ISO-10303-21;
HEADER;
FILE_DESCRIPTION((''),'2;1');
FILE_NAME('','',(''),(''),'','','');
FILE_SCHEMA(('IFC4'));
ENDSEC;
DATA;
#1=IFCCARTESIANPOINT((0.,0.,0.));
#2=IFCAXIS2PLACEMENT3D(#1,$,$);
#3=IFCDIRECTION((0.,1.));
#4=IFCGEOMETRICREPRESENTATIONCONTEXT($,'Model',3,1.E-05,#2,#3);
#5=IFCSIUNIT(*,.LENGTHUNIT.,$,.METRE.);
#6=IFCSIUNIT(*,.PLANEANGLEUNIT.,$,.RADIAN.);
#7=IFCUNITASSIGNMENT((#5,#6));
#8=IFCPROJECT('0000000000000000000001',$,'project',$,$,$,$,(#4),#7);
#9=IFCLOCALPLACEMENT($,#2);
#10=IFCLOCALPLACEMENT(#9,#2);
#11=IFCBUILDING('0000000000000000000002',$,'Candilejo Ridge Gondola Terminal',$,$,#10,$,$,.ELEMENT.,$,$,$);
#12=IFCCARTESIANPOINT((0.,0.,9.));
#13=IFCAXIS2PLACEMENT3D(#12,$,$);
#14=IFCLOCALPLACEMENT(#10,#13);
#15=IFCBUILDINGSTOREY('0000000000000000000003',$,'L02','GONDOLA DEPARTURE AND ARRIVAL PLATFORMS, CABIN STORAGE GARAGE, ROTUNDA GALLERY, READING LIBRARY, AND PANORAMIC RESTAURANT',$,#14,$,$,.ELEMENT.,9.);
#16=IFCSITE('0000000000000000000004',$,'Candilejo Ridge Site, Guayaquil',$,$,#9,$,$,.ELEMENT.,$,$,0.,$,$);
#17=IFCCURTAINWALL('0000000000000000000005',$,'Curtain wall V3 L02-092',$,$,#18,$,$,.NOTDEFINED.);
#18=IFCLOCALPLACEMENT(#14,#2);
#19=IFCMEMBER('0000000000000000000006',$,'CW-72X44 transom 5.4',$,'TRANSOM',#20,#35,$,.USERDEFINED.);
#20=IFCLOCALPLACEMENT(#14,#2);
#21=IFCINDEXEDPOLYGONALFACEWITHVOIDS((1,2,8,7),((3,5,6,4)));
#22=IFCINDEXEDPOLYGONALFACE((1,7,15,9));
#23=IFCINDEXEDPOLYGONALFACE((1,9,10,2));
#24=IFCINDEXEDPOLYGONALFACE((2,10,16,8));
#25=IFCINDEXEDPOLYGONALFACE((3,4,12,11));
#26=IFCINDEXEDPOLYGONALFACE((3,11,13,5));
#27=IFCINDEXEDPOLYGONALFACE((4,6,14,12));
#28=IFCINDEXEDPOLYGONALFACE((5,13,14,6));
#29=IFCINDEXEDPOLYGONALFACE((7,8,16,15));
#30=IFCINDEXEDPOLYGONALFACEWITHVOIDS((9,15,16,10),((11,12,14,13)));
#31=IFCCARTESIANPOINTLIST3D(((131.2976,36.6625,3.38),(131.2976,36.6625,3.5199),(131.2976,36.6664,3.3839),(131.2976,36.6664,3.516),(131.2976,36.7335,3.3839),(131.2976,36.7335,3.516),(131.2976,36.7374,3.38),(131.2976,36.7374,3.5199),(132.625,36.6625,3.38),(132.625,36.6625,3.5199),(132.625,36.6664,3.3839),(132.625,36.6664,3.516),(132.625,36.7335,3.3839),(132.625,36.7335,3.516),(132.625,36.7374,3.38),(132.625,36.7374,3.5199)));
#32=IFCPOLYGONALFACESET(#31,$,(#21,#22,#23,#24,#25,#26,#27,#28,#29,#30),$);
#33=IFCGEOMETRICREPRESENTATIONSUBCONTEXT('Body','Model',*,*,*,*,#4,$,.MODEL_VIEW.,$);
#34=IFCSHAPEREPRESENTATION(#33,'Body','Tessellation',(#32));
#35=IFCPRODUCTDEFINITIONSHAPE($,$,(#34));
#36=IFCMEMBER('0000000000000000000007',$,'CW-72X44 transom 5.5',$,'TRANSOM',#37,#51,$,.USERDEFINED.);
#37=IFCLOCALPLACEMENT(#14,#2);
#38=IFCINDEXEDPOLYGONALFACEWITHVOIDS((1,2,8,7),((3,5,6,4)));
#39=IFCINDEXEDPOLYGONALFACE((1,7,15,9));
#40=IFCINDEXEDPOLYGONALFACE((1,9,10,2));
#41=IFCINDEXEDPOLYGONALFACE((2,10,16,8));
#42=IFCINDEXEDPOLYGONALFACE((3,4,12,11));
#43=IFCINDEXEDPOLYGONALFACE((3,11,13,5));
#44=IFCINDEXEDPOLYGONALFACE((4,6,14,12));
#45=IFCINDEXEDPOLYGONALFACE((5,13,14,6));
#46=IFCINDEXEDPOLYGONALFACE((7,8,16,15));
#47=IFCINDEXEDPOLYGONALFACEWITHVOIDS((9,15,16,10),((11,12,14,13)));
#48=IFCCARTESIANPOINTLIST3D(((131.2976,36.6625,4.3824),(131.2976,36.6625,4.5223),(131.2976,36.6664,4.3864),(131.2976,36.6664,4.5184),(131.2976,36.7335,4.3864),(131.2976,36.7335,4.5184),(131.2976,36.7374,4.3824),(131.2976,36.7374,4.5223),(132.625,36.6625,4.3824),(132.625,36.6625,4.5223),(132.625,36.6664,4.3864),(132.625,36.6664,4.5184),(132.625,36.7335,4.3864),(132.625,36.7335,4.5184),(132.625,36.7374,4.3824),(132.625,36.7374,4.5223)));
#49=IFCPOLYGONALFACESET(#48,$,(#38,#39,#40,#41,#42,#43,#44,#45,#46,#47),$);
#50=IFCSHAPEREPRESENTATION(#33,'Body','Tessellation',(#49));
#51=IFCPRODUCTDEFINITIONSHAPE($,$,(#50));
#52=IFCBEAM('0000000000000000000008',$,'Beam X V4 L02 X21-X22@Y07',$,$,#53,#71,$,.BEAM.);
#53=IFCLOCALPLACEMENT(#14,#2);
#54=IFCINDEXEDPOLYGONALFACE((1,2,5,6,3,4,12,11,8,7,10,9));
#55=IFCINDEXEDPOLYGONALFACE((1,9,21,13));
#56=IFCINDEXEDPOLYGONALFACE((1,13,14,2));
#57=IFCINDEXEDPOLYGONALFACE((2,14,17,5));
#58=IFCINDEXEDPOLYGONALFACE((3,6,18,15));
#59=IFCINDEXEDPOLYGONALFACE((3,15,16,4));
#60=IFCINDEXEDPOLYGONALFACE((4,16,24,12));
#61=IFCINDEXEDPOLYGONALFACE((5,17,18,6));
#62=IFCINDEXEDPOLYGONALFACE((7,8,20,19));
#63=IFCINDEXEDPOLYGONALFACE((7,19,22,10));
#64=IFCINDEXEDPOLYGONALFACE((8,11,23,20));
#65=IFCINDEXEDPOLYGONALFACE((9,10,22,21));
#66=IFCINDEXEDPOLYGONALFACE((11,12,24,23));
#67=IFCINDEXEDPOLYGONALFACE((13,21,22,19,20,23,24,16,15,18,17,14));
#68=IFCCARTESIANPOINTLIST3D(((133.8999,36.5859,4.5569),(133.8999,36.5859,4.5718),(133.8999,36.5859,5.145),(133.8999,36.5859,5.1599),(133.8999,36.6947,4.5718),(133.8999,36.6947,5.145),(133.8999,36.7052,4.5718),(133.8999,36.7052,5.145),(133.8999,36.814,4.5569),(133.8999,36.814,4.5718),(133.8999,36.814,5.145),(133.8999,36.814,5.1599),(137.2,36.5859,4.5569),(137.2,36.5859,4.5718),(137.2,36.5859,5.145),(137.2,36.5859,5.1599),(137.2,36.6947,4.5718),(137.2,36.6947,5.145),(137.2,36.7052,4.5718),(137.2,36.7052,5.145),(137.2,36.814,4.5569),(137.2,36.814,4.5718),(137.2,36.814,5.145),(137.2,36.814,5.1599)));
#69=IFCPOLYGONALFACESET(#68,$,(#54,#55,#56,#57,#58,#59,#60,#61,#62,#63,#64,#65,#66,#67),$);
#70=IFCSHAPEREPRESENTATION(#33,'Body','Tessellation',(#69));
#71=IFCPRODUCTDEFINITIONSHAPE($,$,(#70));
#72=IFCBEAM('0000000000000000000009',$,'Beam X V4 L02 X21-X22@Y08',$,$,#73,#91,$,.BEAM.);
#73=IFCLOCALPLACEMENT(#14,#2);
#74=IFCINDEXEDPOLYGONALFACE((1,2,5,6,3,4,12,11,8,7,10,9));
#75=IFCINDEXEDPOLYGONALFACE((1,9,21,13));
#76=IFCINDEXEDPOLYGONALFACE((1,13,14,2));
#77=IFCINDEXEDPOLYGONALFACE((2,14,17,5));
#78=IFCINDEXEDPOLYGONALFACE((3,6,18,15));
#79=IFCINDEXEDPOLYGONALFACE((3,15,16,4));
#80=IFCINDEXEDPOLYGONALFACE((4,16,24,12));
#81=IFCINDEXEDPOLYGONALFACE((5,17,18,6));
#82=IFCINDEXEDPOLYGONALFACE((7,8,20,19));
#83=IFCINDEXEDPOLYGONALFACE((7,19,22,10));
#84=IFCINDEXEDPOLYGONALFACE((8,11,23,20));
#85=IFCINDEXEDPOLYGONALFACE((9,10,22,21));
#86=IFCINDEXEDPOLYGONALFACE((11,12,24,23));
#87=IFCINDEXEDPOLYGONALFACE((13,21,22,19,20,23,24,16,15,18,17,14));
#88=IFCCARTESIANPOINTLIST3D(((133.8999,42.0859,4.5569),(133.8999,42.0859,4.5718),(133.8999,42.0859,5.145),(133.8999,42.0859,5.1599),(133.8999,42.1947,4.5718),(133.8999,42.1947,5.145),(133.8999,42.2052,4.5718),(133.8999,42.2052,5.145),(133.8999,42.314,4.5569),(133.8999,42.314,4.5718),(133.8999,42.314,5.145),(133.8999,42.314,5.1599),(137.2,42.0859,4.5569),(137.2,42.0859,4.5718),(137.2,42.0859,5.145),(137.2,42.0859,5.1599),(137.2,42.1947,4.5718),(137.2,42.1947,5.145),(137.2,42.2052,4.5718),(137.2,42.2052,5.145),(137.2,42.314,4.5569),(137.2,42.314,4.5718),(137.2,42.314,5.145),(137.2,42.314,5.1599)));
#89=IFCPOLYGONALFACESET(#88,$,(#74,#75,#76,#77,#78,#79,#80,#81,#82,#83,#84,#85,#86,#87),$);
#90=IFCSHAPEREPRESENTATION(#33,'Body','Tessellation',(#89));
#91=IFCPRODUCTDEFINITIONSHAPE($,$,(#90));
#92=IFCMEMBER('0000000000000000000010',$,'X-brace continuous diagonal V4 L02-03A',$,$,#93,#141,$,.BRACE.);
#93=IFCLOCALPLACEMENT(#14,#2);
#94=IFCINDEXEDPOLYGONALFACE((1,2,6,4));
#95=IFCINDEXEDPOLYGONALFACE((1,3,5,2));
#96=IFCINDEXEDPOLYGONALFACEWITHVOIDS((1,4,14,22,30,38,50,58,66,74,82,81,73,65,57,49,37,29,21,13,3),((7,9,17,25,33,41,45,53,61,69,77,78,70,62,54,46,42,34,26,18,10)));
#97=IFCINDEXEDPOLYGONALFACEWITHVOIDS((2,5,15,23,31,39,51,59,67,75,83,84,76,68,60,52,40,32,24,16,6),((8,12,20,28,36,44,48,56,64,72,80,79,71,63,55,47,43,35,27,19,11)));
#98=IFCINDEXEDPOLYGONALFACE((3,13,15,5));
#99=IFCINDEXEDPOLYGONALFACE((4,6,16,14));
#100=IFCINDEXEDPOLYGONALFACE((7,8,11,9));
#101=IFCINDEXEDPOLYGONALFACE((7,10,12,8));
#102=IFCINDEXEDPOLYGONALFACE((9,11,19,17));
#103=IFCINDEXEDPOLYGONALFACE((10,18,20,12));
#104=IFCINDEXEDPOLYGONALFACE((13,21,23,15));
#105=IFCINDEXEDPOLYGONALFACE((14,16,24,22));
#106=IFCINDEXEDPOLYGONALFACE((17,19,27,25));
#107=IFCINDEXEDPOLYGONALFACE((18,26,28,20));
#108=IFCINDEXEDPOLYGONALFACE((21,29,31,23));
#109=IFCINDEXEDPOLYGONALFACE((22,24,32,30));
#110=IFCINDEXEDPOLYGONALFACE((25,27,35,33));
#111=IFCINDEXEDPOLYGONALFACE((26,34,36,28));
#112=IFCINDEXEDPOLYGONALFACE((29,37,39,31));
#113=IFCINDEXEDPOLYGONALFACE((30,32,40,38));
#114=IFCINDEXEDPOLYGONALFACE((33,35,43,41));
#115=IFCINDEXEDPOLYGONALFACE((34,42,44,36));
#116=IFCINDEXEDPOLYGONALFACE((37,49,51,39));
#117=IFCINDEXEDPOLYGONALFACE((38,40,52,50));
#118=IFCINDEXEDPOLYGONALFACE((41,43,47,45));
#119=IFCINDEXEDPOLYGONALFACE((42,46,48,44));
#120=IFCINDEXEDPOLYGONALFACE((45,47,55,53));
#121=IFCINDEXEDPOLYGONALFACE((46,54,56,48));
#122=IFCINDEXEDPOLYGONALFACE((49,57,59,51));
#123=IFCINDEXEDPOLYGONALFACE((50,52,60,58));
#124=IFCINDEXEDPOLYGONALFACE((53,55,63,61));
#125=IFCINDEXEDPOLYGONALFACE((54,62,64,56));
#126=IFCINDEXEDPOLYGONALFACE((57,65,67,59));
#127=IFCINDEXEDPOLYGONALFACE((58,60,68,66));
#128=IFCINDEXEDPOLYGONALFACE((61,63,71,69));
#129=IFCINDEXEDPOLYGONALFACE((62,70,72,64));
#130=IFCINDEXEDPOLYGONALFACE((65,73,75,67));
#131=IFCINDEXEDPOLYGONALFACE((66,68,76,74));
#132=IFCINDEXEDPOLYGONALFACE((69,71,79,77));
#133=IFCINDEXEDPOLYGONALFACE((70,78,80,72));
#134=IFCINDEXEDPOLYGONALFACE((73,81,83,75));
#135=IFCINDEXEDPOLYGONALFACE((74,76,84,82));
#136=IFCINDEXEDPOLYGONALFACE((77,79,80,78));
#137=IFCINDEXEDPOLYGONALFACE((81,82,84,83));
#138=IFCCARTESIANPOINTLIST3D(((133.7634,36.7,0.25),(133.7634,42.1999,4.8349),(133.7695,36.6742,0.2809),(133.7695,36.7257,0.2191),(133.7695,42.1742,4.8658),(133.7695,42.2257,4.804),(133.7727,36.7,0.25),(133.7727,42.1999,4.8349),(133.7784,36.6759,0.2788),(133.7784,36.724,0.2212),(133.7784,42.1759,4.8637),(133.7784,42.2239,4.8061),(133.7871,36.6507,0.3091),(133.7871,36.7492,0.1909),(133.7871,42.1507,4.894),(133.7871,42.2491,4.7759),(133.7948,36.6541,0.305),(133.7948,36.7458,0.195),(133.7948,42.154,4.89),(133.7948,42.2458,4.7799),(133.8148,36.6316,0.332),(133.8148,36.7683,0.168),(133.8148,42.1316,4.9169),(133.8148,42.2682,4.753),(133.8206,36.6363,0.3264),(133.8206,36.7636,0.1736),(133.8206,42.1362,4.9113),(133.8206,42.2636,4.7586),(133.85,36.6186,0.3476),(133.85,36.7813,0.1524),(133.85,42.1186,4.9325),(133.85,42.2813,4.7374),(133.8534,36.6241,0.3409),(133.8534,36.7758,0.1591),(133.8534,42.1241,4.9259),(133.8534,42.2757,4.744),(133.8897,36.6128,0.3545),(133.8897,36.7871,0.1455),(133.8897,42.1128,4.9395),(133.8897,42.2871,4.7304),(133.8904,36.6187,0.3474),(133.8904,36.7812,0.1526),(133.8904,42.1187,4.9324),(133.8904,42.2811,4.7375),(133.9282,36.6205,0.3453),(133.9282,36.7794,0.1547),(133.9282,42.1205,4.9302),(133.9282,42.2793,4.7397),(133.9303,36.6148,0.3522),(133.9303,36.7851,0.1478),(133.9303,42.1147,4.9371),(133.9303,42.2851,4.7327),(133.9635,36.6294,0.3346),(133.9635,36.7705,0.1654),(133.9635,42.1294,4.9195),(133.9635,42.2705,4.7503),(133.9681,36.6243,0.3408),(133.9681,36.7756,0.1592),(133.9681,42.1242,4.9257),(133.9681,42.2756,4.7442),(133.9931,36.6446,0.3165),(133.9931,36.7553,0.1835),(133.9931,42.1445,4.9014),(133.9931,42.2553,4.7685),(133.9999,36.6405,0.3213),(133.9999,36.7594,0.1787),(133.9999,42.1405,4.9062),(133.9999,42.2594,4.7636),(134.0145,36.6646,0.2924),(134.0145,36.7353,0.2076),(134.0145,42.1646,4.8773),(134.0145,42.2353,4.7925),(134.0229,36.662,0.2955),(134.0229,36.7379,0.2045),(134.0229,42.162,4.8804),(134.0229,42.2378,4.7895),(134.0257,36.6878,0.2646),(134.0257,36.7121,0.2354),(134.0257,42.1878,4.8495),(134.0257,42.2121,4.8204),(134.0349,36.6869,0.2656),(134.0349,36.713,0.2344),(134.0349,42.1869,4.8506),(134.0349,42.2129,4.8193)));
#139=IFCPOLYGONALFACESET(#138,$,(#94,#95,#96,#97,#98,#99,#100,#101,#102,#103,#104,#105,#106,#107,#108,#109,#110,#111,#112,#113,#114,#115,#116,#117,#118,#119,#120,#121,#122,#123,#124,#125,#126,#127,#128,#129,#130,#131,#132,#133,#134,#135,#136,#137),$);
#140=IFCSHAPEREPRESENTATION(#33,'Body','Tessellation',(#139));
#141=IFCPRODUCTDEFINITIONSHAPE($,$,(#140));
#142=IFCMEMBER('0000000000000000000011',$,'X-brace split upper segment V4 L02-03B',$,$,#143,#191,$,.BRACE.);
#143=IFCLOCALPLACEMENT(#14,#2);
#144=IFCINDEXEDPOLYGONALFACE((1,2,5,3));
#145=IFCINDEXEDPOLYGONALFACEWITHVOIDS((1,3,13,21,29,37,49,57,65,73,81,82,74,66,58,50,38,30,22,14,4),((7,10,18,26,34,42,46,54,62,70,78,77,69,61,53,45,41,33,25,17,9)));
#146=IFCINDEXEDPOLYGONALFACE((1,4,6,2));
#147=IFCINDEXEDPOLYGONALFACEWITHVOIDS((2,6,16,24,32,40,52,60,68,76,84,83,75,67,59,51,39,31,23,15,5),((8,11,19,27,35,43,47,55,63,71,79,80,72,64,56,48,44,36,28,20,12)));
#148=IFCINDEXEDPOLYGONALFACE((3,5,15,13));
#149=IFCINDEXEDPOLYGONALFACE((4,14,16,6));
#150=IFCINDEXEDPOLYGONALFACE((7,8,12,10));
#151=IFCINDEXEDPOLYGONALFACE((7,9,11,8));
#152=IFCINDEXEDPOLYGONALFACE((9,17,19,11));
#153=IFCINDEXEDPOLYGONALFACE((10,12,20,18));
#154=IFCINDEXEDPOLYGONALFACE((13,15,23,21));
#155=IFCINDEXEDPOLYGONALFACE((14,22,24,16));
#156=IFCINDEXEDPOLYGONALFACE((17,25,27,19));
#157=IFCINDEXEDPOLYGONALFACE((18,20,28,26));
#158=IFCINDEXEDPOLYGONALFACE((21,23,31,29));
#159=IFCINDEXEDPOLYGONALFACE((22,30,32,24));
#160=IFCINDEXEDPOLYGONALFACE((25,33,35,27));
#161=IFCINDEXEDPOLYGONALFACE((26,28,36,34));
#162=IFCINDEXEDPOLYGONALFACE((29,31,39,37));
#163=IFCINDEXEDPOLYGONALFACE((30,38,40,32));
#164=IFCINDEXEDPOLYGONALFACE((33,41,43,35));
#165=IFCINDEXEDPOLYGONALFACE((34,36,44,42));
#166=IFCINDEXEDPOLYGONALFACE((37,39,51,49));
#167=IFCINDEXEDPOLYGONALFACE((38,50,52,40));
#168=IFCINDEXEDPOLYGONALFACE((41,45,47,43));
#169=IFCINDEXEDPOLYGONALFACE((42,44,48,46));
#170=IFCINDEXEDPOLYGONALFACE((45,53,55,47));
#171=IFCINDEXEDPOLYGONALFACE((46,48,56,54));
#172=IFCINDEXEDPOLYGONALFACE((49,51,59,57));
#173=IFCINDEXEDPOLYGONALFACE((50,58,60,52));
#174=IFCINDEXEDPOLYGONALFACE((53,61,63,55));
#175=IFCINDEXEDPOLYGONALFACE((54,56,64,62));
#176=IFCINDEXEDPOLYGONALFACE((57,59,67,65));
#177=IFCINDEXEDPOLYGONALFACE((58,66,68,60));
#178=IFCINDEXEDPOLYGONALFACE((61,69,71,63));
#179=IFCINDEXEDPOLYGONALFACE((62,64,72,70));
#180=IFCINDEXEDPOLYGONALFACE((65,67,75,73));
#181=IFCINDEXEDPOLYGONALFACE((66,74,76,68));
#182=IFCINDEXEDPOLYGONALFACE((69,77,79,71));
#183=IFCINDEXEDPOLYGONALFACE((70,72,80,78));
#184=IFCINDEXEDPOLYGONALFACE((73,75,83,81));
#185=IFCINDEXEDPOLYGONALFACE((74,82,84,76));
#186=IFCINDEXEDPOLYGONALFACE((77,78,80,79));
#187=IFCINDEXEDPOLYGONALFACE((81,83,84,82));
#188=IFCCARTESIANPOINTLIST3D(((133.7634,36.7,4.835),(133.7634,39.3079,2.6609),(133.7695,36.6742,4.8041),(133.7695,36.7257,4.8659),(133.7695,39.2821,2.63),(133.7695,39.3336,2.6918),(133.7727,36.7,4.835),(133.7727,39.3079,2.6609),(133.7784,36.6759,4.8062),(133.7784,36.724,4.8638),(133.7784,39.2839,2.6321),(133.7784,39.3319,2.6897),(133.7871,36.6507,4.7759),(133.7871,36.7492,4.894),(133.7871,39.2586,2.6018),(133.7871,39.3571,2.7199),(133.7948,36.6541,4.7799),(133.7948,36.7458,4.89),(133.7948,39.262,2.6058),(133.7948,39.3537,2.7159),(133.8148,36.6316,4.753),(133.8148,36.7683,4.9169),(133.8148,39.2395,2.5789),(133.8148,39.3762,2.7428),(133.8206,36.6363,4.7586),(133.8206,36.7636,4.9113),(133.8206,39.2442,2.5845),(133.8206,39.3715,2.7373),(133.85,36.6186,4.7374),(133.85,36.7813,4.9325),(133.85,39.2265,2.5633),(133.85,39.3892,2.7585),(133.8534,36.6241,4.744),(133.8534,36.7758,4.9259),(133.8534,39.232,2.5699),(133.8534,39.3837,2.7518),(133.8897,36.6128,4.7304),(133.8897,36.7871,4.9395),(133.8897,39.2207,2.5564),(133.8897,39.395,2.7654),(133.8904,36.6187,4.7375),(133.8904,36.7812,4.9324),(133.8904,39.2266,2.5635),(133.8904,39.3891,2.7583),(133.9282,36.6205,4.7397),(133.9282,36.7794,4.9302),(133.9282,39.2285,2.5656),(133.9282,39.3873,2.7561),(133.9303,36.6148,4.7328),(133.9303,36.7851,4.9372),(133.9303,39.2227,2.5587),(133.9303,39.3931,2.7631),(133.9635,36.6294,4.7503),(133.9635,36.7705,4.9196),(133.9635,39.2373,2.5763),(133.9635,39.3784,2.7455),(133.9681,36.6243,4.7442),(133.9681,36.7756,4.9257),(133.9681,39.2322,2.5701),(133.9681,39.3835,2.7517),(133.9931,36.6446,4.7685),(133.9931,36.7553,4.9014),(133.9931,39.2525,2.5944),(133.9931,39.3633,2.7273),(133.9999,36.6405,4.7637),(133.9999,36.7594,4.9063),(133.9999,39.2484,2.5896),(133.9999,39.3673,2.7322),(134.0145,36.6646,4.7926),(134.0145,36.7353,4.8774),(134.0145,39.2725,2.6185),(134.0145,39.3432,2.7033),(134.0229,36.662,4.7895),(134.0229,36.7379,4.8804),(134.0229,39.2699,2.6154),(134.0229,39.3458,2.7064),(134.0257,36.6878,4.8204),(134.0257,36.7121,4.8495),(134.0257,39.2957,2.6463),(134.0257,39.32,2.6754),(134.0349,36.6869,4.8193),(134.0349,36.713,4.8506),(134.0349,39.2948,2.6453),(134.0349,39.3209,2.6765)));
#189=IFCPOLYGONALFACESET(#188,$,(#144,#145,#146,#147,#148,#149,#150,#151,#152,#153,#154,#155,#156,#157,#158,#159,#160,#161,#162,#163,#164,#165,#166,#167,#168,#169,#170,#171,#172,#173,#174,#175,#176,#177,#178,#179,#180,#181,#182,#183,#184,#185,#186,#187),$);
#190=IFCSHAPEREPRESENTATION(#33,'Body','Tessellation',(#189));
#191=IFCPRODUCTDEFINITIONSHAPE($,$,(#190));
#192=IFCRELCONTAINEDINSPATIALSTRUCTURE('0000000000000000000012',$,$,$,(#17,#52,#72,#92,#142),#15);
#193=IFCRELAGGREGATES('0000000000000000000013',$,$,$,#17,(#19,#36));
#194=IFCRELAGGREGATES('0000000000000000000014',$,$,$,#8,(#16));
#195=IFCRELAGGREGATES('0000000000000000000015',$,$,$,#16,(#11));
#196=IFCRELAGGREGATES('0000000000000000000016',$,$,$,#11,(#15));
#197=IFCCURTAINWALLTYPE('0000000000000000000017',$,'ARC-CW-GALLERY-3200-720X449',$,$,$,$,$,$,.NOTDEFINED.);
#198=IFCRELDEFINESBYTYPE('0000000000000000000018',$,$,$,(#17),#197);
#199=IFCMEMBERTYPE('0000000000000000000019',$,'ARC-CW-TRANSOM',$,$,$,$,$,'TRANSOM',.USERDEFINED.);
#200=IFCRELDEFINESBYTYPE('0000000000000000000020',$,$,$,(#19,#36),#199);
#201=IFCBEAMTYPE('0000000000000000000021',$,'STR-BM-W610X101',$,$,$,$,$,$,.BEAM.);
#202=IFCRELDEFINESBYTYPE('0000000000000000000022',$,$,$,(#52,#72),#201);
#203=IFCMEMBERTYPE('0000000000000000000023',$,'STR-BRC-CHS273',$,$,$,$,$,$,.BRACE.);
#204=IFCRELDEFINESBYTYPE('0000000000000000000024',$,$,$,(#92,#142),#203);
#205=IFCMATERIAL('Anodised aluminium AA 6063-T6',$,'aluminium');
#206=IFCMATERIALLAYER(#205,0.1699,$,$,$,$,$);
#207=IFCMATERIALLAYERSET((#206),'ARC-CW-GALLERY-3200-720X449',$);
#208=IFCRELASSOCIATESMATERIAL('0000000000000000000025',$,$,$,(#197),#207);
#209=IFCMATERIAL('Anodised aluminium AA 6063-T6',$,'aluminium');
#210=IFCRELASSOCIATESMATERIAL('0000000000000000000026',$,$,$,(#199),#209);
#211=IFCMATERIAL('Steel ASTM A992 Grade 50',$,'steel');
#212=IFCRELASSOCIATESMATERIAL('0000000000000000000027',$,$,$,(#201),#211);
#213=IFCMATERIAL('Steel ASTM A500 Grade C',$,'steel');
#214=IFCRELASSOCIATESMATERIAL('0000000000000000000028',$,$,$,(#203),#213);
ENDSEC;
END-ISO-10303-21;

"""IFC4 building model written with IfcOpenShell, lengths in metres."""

from ifc_helpers import new_model, si_unit, direction, frame, origin, origin_2d, place, context, subcontext, project, spatial, hollow_rectangle, hollow_circle, i_section, extrude, material, layer, layer_set, material_profile, profile_set, type_object, element, aggregate, save


model = new_model("IFC4")

# Units and contexts
model_context = context("Model", 3, precision=1e-05, world=origin(), true_north=direction((0.0, 1.0)))
body_context = subcontext(model_context, "Body", "Model", "MODEL_VIEW")
ifc_project = project(units=[si_unit("LENGTHUNIT", "METRE"), si_unit("PLANEANGLEUNIT", "RADIAN")], contexts=[model_context])

# Site, building, storey
site_placement = place(None, origin())
site = spatial("IfcSite", under=ifc_project, at=site_placement, Name="Candilejo Ridge Site, Guayaquil", CompositionType="ELEMENT", RefElevation=0.0)
building_placement = place(site_placement, origin())
building = spatial("IfcBuilding", under=site, at=building_placement, Name="Candilejo Ridge Gondola Terminal", CompositionType="ELEMENT")
storey_placement = place(building_placement, frame((0.0, 0.0, 9.0)))
storey = spatial("IfcBuildingStorey", under=building, at=storey_placement, Name="L02", Description="GONDOLA DEPARTURE AND ARRIVAL PLATFORMS, CABIN STORAGE GARAGE, ROTUNDA GALLERY, READING LIBRARY, AND PANORAMIC RESTAURANT", CompositionType="ELEMENT", Elevation=9.0)

# Curtain wall, members
ifc_material_1 = material(Name="Anodised aluminium AA 6063-T6", Category="aluminium")
ifc_layer_1 = layer(ifc_material_1, 0.1699)
ifc_layer_set_1 = layer_set([ifc_layer_1], Name="ARC-CW-GALLERY-3200-720X449")
curtain_wall_type = type_object("IfcCurtainWallType", Name="ARC-CW-GALLERY-3200-720X449", PredefinedType="NOTDEFINED", material=ifc_layer_set_1)
curtain_wall_placement = place(storey_placement, origin())
curtain_wall = element("IfcCurtainWall", 1, at=curtain_wall_placement, inside=storey, type_object=curtain_wall_type, Name="Curtain wall V3 L02-092", PredefinedType="NOTDEFINED")
ifc_material_2 = material(Name="Anodised aluminium AA 6063-T6", Category="aluminium")
ifc_material_profile_1 = material_profile(ifc_material_2, hollow_rectangle(XDim=0.075, YDim=0.1399, WallThickness=0.0039, at=origin_2d()))
ifc_profile_set_1 = profile_set([ifc_material_profile_1], Name="Anodised aluminium AA 6063-T6")
member_type_1 = type_object("IfcMemberType", Name="ARC-CW-TRANSOM", ElementType="TRANSOM", PredefinedType="USERDEFINED", material=ifc_profile_set_1)
member_1_placement = place(storey_placement, frame((131.2976, 36.7, 3.45), z_axis=(1.0, 0.0, 0.0), x_axis=(0.0, 1.0, 0.0)))
member_1 = element("IfcMember", 2, at=member_1_placement, type_object=member_type_1, Name="CW-72X44 transom 5.4", ObjectType="TRANSOM", PredefinedType="USERDEFINED", context=body_context, shape_type="SweptSolid", body=[
    extrude(hollow_rectangle(XDim=0.075, YDim=0.1399, WallThickness=0.0039, at=origin_2d()), origin(), (0.0, 0.0, 1.0), 1.3274),
])
member_2_placement = place(storey_placement, frame((131.2976, 36.7, 4.4524), z_axis=(1.0, 0.0, 0.0), x_axis=(0.0, 1.0, 0.0)))
member_2 = element("IfcMember", 3, at=member_2_placement, type_object=member_type_1, Name="CW-72X44 transom 5.5", ObjectType="TRANSOM", PredefinedType="USERDEFINED", context=body_context, shape_type="SweptSolid", body=[
    extrude(hollow_rectangle(XDim=0.075, YDim=0.1399, WallThickness=0.0039, at=origin_2d()), origin(), (0.0, 0.0, 1.0), 1.3274),
])

# Beams
ifc_material_3 = material(Name="Steel ASTM A992 Grade 50", Category="steel")
ifc_material_profile_2 = material_profile(ifc_material_3, i_section(OverallWidth=0.228, OverallDepth=0.603, WebThickness=0.0105, FlangeThickness=0.0149, at=origin_2d()))
ifc_profile_set_2 = profile_set([ifc_material_profile_2], Name="Steel ASTM A992 Grade 50")
beam_type_1 = type_object("IfcBeamType", Name="STR-BM-W610X101", PredefinedType="BEAM", material=ifc_profile_set_2)
for number, where, z_axis, x_axis, name in (
    (4, (133.8999, 36.7, 4.8584), (1.0, 0.0, 0.0), (0.0, 1.0, 0.0), "Beam X V4 L02 X21-X22@Y07"),
    (5, (133.8999, 42.2, 4.8584), (1.0, 0.0, 0.0), (0.0, 1.0, 0.0), "Beam X V4 L02 X21-X22@Y08"),
):
    element("IfcBeam", number, at=place(storey_placement, frame(where, z_axis=z_axis, x_axis=x_axis)), inside=storey, type_object=beam_type_1, Name=name, PredefinedType="BEAM", context=body_context, shape_type="SweptSolid", body=[
        extrude(i_section(OverallWidth=0.228, OverallDepth=0.603, WebThickness=0.0105, FlangeThickness=0.0149, at=origin_2d()), origin(), (0.0, 0.0, 1.0), 3.3),
    ])

# Members
ifc_material_4 = material(Name="Steel ASTM A500 Grade C", Category="steel")
ifc_material_profile_3 = material_profile(ifc_material_4, hollow_circle(Radius=0.1365, WallThickness=0.0093, at=origin_2d()))
ifc_profile_set_3 = profile_set([ifc_material_profile_3], Name="Steel ASTM A500 Grade C")
member_type_2 = type_object("IfcMemberType", Name="STR-BRC-CHS273", PredefinedType="BRACE", material=ifc_profile_set_3)
member_3_placement = place(storey_placement, frame((133.8999, 36.7, 0.25), z_axis=(0.0, 0.768109, 0.640319), x_axis=(-1.0, 0.0, 0.0)))
element("IfcMember", 6, at=member_3_placement, inside=storey, type_object=member_type_2, Name="X-brace continuous diagonal V4 L02-03A", PredefinedType="BRACE", context=body_context, shape_type="SweptSolid", body=[
    extrude(hollow_circle(Radius=0.1365, WallThickness=0.0093, at=origin_2d()), origin(), (0.0, 0.0, 1.0), 7.1604),
])
for number, where, z_axis, x_axis, name in (
    (7, (133.8999, 36.7, 4.835), (0.0, 0.768103, -0.640326), (-1.0, 0.0, 0.0), "X-brace split upper segment V4 L02-03B"),
):
    element("IfcMember", number, at=place(storey_placement, frame(where, z_axis=z_axis, x_axis=x_axis)), inside=storey, type_object=member_type_2, Name=name, PredefinedType="BRACE", context=body_context, shape_type="SweptSolid", body=[
        extrude(hollow_circle(Radius=0.1365, WallThickness=0.0093, at=origin_2d()), origin(), (0.0, 0.0, 1.0), 3.3953),
    ])

aggregate(curtain_wall, [member_1, member_2])

save(model, "model.ifc")
